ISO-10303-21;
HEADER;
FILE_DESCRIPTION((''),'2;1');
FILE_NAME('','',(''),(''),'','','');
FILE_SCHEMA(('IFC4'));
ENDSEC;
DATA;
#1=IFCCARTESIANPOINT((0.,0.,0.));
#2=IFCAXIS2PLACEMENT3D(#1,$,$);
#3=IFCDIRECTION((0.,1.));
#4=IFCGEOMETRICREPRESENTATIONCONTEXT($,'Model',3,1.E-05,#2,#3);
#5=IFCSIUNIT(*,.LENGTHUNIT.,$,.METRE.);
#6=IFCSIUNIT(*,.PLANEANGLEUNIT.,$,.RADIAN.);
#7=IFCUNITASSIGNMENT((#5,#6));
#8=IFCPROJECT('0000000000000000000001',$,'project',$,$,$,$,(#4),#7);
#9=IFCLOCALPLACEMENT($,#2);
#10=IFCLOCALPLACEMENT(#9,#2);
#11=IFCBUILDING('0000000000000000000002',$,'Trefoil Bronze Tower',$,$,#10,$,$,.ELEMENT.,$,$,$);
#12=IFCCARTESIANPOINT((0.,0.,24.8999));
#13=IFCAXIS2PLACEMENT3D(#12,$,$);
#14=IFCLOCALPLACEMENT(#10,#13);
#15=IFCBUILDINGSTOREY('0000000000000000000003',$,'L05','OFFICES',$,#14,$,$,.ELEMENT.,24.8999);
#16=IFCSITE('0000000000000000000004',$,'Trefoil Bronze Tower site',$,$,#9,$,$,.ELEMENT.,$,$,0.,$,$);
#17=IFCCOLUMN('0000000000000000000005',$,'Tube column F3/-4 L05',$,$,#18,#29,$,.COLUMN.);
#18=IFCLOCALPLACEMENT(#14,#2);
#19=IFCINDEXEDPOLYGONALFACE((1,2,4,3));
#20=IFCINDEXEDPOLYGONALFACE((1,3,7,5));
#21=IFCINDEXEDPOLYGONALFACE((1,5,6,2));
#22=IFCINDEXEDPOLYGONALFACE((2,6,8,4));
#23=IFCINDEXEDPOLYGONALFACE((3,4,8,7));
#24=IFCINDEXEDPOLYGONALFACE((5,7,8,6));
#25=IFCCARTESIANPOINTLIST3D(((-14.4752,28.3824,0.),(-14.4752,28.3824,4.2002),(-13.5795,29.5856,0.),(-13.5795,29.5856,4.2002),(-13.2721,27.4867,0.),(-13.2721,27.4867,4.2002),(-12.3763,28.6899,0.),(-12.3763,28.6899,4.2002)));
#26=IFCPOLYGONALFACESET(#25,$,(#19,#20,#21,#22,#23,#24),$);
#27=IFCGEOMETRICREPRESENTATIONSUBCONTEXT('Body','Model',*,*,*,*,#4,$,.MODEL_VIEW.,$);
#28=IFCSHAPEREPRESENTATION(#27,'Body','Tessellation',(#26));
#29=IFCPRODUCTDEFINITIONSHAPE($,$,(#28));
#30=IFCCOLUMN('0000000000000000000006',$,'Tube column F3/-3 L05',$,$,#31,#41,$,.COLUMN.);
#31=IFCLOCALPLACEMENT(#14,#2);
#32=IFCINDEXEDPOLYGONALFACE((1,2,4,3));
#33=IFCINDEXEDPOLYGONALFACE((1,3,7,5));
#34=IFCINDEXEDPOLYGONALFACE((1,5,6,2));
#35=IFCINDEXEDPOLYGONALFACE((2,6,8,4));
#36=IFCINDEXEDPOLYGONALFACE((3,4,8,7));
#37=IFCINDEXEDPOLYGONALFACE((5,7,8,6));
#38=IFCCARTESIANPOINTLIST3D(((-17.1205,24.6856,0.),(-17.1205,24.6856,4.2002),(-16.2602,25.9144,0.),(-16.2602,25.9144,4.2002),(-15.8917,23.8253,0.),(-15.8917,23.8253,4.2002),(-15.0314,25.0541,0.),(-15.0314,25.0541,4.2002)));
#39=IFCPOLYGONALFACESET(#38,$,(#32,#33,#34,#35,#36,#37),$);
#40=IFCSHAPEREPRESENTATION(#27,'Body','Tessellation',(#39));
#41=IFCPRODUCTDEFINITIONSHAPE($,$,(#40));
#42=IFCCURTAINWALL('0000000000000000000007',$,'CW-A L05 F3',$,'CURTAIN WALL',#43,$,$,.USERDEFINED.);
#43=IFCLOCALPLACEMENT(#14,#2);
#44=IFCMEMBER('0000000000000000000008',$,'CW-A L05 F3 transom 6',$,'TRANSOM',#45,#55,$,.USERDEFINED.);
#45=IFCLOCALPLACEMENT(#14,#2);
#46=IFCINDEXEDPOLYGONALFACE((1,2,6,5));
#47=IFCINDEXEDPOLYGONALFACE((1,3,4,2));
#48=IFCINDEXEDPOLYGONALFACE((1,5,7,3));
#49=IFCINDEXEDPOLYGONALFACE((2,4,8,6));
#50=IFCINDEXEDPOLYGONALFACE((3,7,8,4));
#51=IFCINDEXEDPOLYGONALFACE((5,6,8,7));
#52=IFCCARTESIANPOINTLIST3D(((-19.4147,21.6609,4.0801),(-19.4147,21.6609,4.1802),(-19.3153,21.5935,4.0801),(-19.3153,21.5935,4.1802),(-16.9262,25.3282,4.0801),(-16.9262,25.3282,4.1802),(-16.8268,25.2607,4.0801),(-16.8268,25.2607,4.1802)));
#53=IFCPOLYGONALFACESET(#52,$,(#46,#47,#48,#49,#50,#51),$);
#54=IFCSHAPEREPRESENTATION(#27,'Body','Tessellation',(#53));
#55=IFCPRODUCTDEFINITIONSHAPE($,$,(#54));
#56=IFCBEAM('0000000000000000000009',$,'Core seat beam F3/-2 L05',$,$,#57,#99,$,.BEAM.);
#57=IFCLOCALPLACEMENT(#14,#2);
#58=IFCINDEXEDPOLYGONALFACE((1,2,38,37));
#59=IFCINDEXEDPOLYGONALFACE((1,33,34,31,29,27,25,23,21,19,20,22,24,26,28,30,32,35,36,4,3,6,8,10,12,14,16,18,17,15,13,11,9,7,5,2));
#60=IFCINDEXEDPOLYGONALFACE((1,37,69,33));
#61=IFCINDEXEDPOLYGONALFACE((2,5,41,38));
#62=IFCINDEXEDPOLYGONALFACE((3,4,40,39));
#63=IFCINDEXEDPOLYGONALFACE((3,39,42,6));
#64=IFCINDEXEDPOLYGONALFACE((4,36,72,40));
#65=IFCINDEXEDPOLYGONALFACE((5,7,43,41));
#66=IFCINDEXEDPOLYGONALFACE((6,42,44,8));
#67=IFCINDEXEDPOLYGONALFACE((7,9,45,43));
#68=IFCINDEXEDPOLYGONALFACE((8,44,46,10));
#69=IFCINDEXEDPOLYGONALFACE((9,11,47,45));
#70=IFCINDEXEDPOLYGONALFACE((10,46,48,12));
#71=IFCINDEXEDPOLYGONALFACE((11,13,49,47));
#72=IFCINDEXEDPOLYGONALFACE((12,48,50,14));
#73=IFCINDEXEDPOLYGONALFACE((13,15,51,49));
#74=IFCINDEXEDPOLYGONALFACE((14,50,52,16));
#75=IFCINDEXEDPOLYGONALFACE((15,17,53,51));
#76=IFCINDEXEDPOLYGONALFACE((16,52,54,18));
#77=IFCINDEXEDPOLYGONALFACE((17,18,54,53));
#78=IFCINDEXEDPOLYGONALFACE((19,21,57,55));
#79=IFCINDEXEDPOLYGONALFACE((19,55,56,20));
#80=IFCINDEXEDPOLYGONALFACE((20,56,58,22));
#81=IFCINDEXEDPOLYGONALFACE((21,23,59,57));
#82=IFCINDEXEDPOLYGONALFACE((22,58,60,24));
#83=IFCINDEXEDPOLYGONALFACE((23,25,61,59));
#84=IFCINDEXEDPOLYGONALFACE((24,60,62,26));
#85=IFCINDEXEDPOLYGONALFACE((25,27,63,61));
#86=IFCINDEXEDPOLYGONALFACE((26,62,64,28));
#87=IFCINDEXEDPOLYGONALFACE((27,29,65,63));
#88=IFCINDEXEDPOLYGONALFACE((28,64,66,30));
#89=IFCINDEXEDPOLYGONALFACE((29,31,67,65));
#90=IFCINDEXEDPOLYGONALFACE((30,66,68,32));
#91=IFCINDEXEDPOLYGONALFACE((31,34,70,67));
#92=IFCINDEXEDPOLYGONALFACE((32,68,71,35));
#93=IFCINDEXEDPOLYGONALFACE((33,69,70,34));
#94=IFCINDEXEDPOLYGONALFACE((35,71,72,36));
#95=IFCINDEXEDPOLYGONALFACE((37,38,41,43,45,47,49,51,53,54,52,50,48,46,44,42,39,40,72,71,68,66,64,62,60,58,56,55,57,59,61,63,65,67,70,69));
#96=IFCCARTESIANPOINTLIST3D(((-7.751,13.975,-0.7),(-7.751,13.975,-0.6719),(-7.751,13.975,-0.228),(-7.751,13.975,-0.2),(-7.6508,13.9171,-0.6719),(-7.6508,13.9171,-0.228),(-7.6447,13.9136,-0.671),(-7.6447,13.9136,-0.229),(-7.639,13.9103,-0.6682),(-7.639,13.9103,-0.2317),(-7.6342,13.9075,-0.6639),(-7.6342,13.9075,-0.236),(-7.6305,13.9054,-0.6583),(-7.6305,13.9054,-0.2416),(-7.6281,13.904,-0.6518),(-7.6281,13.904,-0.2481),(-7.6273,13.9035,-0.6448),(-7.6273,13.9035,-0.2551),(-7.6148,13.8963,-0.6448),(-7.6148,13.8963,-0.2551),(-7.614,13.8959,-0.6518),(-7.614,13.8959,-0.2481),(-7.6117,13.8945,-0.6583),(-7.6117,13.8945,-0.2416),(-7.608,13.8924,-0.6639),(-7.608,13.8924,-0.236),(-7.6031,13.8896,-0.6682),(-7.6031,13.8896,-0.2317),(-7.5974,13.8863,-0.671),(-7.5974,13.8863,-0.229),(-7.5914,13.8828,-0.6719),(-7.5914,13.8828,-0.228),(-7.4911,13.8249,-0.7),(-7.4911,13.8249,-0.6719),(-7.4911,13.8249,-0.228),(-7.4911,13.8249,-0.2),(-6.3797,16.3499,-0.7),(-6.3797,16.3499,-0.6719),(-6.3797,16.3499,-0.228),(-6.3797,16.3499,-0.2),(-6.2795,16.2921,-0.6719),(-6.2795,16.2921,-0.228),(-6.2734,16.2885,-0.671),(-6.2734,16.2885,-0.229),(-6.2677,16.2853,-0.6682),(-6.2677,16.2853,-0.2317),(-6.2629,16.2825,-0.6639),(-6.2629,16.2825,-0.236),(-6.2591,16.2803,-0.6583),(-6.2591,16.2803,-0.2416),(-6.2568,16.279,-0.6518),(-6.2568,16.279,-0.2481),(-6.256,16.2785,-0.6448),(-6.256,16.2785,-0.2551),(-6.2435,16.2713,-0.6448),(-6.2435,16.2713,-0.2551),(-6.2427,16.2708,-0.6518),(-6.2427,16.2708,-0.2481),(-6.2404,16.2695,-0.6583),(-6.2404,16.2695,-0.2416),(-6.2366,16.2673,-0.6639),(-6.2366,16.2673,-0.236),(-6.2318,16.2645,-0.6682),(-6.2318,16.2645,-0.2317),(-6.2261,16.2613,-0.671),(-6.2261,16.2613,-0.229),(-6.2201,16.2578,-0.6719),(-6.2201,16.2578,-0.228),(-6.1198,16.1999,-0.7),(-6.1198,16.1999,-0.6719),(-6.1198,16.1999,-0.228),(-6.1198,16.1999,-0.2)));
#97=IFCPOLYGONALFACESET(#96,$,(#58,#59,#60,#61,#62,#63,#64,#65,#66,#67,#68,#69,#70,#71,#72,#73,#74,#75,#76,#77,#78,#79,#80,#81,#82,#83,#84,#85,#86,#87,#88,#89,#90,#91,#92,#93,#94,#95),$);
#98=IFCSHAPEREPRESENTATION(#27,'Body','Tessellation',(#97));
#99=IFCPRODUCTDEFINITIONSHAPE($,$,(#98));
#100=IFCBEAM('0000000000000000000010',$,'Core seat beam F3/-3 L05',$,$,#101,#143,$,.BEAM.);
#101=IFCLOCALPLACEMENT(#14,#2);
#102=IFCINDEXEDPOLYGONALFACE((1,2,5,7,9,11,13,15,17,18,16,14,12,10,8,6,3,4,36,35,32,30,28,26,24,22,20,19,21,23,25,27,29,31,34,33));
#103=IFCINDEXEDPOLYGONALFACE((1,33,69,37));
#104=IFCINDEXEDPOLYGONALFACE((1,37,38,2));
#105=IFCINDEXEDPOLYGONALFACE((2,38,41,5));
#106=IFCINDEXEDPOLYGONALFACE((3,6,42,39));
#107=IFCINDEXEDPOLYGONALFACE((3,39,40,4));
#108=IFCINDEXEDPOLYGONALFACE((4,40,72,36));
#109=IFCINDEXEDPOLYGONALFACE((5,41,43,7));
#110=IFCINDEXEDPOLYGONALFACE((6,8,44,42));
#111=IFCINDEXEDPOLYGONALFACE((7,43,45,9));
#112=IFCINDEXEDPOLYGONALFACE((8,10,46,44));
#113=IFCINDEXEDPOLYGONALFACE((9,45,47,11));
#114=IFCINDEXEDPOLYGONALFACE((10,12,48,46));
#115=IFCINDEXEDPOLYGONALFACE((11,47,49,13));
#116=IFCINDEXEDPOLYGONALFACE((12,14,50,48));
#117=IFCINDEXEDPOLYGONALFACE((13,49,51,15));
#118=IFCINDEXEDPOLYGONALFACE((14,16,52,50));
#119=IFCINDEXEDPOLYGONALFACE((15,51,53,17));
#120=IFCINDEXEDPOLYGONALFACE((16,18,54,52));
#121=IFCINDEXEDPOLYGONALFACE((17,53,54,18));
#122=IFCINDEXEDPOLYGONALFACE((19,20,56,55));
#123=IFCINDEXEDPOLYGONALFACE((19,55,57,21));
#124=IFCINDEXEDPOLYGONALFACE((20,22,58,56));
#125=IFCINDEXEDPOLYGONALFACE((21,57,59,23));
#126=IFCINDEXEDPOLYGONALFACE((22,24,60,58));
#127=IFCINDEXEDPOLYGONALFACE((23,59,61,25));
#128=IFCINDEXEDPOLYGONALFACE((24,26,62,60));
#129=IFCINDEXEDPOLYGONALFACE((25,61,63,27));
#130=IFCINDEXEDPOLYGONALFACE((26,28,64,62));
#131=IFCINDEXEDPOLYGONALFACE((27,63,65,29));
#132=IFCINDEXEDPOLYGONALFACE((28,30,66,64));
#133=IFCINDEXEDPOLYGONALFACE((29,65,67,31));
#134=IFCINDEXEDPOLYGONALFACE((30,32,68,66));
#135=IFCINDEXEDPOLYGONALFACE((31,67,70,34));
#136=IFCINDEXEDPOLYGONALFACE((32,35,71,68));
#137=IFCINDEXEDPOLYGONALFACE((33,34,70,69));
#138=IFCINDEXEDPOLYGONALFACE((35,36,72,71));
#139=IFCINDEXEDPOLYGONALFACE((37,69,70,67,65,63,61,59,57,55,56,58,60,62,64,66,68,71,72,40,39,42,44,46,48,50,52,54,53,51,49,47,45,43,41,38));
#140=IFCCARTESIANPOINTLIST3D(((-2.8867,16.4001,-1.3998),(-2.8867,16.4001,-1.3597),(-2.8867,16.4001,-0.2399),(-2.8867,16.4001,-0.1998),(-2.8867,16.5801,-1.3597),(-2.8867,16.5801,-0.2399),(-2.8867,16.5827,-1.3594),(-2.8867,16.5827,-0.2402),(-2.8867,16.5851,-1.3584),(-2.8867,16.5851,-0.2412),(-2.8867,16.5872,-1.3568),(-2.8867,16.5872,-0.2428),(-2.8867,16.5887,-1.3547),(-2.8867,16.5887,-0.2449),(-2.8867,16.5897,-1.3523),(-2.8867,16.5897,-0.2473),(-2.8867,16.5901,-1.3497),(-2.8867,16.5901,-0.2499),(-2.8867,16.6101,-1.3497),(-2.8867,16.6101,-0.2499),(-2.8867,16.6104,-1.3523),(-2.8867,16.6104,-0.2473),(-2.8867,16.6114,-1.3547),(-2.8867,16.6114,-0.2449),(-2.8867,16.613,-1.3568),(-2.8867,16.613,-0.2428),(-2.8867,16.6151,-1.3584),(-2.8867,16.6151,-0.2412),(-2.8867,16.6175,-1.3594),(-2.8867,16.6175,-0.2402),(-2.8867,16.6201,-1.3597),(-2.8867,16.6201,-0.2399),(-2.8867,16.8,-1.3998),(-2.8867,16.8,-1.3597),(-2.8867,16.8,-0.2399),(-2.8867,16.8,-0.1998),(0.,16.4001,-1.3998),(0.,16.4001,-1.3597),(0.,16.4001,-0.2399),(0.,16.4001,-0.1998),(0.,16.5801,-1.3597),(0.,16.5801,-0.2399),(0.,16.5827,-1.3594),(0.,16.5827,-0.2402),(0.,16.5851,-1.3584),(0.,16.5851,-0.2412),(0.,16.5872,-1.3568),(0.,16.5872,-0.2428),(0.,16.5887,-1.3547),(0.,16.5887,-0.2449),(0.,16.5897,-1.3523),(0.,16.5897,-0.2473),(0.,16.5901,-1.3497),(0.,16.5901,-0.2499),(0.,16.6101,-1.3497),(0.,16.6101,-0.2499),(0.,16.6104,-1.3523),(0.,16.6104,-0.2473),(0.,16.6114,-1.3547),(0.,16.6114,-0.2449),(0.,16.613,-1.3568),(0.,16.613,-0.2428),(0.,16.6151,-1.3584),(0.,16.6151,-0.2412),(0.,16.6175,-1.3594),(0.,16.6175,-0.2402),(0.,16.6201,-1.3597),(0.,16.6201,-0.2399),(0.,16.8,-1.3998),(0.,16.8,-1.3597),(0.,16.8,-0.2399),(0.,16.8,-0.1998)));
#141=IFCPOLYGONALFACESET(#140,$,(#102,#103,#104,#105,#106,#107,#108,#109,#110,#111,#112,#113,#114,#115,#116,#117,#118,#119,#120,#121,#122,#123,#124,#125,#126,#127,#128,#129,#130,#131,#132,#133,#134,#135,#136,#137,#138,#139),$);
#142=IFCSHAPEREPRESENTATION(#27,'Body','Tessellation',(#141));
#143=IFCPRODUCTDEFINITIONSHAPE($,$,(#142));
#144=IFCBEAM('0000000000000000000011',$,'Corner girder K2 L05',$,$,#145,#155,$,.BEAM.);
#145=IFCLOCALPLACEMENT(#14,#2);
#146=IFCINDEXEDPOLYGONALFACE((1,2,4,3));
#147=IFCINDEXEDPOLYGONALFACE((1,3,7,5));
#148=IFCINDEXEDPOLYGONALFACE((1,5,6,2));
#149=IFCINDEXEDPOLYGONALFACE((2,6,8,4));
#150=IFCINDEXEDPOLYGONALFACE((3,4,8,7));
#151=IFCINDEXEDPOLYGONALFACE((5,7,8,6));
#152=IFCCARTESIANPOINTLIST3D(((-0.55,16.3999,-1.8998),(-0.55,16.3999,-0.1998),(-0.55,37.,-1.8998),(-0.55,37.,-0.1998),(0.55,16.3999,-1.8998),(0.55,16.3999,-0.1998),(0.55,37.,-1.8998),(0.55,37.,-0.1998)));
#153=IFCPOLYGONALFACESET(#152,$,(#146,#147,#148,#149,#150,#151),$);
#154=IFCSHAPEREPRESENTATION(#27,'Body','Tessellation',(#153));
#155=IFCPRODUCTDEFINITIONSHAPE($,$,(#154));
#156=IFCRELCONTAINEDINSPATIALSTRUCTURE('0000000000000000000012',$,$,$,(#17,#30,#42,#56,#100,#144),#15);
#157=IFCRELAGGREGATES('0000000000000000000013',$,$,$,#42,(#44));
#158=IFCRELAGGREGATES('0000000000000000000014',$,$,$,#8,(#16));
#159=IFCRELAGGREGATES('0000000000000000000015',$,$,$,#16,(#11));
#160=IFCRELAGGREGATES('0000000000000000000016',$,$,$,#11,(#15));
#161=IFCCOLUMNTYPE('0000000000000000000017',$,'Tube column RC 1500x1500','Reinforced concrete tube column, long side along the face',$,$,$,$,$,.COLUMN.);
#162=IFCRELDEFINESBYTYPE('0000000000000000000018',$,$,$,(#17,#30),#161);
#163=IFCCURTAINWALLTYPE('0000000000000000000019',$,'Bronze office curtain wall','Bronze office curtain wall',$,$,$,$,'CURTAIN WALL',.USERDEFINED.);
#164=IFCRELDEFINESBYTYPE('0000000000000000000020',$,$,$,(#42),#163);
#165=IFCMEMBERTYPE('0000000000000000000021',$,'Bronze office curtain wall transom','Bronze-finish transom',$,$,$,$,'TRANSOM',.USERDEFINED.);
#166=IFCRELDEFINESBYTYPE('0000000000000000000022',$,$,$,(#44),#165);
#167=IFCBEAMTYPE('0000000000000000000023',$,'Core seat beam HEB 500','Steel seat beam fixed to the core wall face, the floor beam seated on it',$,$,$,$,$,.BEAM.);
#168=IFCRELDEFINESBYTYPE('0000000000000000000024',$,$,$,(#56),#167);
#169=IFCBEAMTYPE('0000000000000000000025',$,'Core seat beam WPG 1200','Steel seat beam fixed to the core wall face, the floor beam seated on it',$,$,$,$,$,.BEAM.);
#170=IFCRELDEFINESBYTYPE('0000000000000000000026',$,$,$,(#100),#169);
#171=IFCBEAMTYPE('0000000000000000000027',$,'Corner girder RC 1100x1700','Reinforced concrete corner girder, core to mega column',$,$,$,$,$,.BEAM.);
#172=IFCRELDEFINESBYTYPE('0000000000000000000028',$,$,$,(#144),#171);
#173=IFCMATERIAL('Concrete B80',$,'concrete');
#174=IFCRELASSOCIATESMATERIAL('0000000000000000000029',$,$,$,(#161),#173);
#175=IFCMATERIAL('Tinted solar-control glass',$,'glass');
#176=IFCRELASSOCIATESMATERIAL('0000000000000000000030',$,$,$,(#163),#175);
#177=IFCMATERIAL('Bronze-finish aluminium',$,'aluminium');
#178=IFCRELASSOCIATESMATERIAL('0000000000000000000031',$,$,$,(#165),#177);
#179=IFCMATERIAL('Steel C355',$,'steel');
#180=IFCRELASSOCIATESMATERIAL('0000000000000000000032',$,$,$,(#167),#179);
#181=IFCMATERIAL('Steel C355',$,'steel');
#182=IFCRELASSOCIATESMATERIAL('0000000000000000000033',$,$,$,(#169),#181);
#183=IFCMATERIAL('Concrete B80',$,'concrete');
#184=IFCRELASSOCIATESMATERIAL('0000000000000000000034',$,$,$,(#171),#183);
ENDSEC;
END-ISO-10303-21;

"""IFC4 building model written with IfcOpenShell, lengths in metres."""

from ifc_helpers import new_model, si_unit, direction, frame, origin, origin_2d, place, context, subcontext, project, spatial, rectangle, i_section, extrude, material, material_profile, profile_set, type_object, element, aggregate, save


model = new_model("IFC4")

# Units and contexts
model_context = context("Model", 3, precision=1e-05, world=origin(), true_north=direction((0.0, 1.0)))
body_context = subcontext(model_context, "Body", "Model", "MODEL_VIEW")
ifc_project = project(units=[si_unit("LENGTHUNIT", "METRE"), si_unit("PLANEANGLEUNIT", "RADIAN")], contexts=[model_context])

# Site, building, storey
site_placement = place(None, origin())
site = spatial("IfcSite", under=ifc_project, at=site_placement, Name="Trefoil Bronze Tower site", CompositionType="ELEMENT", RefElevation=0.0)
building_placement = place(site_placement, origin())
building = spatial("IfcBuilding", under=site, at=building_placement, Name="Trefoil Bronze Tower", CompositionType="ELEMENT")
storey_placement = place(building_placement, frame((0.0, 0.0, 24.8999)))
storey = spatial("IfcBuildingStorey", under=building, at=storey_placement, Name="L05", Description="OFFICES", CompositionType="ELEMENT", Elevation=24.8999)

# Columns
ifc_material_1 = material(Name="Concrete B80", Category="concrete")
ifc_material_profile_1 = material_profile(ifc_material_1, rectangle(XDim=1.5, YDim=1.5, at=origin_2d()), Name="RC 1500x1500")
ifc_profile_set_1 = profile_set([ifc_material_profile_1], Name="Concrete B80")
column_type = type_object("IfcColumnType", Name="Tube column RC 1500x1500", Description="Reinforced concrete tube column, long side along the face", PredefinedType="COLUMN", material=ifc_profile_set_1)
for number, where, z_axis, x_axis, name in (
    (1, (-13.4258, 28.5361, 0.0), (0.0, 0.0, 1.0), (-0.597154, -0.802127, 0.0), "Tube column F3/-4 L05"),
    (2, (-16.0759, 24.8699, 0.0), (0.0, 0.0, 1.0), (-0.573502, -0.819204, 0.0), "Tube column F3/-3 L05"),
):
    element("IfcColumn", number, at=place(storey_placement, frame(where, z_axis=z_axis, x_axis=x_axis)), inside=storey, type_object=column_type, Name=name, PredefinedType="COLUMN", context=body_context, shape_type="SweptSolid", body=[
        extrude(rectangle(XDim=1.5, YDim=1.5, at=origin_2d()), origin(), (0.0, 0.0, 1.0), 4.2002),
    ])

# Curtain wall, member
ifc_material_2 = material(Name="Tinted solar-control glass", Category="glass")
curtain_wall_type = type_object("IfcCurtainWallType", Name="Bronze office curtain wall", Description="Bronze office curtain wall", ElementType="CURTAIN WALL", PredefinedType="USERDEFINED", material=ifc_material_2)
curtain_wall_placement = place(storey_placement, origin())
curtain_wall = element("IfcCurtainWall", 3, at=curtain_wall_placement, inside=storey, type_object=curtain_wall_type, Name="CW-A L05 F3", ObjectType="CURTAIN WALL", PredefinedType="USERDEFINED")
ifc_material_3 = material(Name="Bronze-finish aluminium", Category="aluminium")
ifc_material_profile_2 = material_profile(ifc_material_3, rectangle(XDim=0.1201, YDim=0.1001, at=origin_2d()), Name="CW-A transom")
ifc_profile_set_2 = profile_set([ifc_material_profile_2], Name="Bronze-finish aluminium")
member_type = type_object("IfcMemberType", Name="Bronze office curtain wall transom", Description="Bronze-finish transom", ElementType="TRANSOM", PredefinedType="USERDEFINED", material=ifc_profile_set_2)
member_placement = place(storey_placement, frame((-16.8765, 25.2944, 4.1301), z_axis=(-0.561508, -0.827471, 0.0), x_axis=(0.827471, -0.561508, 0.0)))
member = element("IfcMember", 4, at=member_placement, type_object=member_type, Name="CW-A L05 F3 transom 6", ObjectType="TRANSOM", PredefinedType="USERDEFINED", context=body_context, shape_type="SweptSolid", body=[
    extrude(rectangle(XDim=0.1201, YDim=0.1001, at=origin_2d()), origin(), (0.0, 0.0, 1.0), 4.4319),
])

# Beams
ifc_material_4 = material(Name="Steel C355", Category="steel")
ifc_material_profile_3 = material_profile(ifc_material_4, i_section(OverallWidth=0.3, OverallDepth=0.5, WebThickness=0.0144, FlangeThickness=0.0281, FilletRadius=0.0271, at=origin_2d()), Name="HEB 500")
ifc_profile_set_3 = profile_set([ifc_material_profile_3], Name="Steel C355")
beam_type_1 = type_object("IfcBeamType", Name="Core seat beam HEB 500", Description="Steel seat beam fixed to the core wall face, the floor beam seated on it", PredefinedType="BEAM", material=ifc_profile_set_3)
beam_1_placement = place(storey_placement, frame((-6.2498, 16.2749, -0.45), z_axis=(-0.500036, -0.866005, 0.0), x_axis=(0.866005, -0.500036, 0.0)))
element("IfcBeam", 5, at=beam_1_placement, inside=storey, type_object=beam_type_1, Name="Core seat beam F3/-2 L05", PredefinedType="BEAM", context=body_context, shape_type="SweptSolid", body=[
    extrude(i_section(OverallWidth=0.3, OverallDepth=0.5, WebThickness=0.0144, FlangeThickness=0.0281, FilletRadius=0.0271, at=origin_2d()), origin(), (0.0, 0.0, 1.0), 2.7424),
])
ifc_material_5 = material(Name="Steel C355", Category="steel")
ifc_material_profile_4 = material_profile(ifc_material_5, i_section(OverallWidth=0.3999, OverallDepth=1.2, WebThickness=0.02, FlangeThickness=0.04, FilletRadius=0.01, at=origin_2d()), Name="WPG 1200")
ifc_profile_set_4 = profile_set([ifc_material_profile_4], Name="Steel C355")
beam_type_2 = type_object("IfcBeamType", Name="Core seat beam WPG 1200", Description="Steel seat beam fixed to the core wall face, the floor beam seated on it", PredefinedType="BEAM", material=ifc_profile_set_4)
beam_2_placement = place(storey_placement, frame((0.0, 16.6001, -0.7998), z_axis=(-1.0, 0.0, 0.0), x_axis=(0.0, -1.0, 0.0)))
element("IfcBeam", 6, at=beam_2_placement, inside=storey, type_object=beam_type_2, Name="Core seat beam F3/-3 L05", PredefinedType="BEAM", context=body_context, shape_type="SweptSolid", body=[
    extrude(i_section(OverallWidth=0.3999, OverallDepth=1.2, WebThickness=0.02, FlangeThickness=0.04, FilletRadius=0.01, at=origin_2d()), origin(), (0.0, 0.0, 1.0), 2.8867),
])
ifc_material_6 = material(Name="Concrete B80", Category="concrete")
ifc_material_profile_5 = material_profile(ifc_material_6, rectangle(XDim=1.1001, YDim=1.7, at=origin_2d()), Name="RC 1100x1700")
ifc_profile_set_5 = profile_set([ifc_material_profile_5], Name="Concrete B80")
beam_type_3 = type_object("IfcBeamType", Name="Corner girder RC 1100x1700", Description="Reinforced concrete corner girder, core to mega column", PredefinedType="BEAM", material=ifc_profile_set_5)
beam_3_placement = place(storey_placement, frame((0.0, 16.3999, -1.0498), z_axis=(0.0, 1.0, 0.0), x_axis=(-1.0, 0.0, 0.0)))
element("IfcBeam", 7, at=beam_3_placement, inside=storey, type_object=beam_type_3, Name="Corner girder K2 L05", PredefinedType="BEAM", context=body_context, shape_type="SweptSolid", body=[
    extrude(rectangle(XDim=1.1001, YDim=1.7, at=origin_2d()), origin(), (0.0, 0.0, 1.0), 20.6001),
])

aggregate(curtain_wall, [member])

save(model, "model.ifc")
